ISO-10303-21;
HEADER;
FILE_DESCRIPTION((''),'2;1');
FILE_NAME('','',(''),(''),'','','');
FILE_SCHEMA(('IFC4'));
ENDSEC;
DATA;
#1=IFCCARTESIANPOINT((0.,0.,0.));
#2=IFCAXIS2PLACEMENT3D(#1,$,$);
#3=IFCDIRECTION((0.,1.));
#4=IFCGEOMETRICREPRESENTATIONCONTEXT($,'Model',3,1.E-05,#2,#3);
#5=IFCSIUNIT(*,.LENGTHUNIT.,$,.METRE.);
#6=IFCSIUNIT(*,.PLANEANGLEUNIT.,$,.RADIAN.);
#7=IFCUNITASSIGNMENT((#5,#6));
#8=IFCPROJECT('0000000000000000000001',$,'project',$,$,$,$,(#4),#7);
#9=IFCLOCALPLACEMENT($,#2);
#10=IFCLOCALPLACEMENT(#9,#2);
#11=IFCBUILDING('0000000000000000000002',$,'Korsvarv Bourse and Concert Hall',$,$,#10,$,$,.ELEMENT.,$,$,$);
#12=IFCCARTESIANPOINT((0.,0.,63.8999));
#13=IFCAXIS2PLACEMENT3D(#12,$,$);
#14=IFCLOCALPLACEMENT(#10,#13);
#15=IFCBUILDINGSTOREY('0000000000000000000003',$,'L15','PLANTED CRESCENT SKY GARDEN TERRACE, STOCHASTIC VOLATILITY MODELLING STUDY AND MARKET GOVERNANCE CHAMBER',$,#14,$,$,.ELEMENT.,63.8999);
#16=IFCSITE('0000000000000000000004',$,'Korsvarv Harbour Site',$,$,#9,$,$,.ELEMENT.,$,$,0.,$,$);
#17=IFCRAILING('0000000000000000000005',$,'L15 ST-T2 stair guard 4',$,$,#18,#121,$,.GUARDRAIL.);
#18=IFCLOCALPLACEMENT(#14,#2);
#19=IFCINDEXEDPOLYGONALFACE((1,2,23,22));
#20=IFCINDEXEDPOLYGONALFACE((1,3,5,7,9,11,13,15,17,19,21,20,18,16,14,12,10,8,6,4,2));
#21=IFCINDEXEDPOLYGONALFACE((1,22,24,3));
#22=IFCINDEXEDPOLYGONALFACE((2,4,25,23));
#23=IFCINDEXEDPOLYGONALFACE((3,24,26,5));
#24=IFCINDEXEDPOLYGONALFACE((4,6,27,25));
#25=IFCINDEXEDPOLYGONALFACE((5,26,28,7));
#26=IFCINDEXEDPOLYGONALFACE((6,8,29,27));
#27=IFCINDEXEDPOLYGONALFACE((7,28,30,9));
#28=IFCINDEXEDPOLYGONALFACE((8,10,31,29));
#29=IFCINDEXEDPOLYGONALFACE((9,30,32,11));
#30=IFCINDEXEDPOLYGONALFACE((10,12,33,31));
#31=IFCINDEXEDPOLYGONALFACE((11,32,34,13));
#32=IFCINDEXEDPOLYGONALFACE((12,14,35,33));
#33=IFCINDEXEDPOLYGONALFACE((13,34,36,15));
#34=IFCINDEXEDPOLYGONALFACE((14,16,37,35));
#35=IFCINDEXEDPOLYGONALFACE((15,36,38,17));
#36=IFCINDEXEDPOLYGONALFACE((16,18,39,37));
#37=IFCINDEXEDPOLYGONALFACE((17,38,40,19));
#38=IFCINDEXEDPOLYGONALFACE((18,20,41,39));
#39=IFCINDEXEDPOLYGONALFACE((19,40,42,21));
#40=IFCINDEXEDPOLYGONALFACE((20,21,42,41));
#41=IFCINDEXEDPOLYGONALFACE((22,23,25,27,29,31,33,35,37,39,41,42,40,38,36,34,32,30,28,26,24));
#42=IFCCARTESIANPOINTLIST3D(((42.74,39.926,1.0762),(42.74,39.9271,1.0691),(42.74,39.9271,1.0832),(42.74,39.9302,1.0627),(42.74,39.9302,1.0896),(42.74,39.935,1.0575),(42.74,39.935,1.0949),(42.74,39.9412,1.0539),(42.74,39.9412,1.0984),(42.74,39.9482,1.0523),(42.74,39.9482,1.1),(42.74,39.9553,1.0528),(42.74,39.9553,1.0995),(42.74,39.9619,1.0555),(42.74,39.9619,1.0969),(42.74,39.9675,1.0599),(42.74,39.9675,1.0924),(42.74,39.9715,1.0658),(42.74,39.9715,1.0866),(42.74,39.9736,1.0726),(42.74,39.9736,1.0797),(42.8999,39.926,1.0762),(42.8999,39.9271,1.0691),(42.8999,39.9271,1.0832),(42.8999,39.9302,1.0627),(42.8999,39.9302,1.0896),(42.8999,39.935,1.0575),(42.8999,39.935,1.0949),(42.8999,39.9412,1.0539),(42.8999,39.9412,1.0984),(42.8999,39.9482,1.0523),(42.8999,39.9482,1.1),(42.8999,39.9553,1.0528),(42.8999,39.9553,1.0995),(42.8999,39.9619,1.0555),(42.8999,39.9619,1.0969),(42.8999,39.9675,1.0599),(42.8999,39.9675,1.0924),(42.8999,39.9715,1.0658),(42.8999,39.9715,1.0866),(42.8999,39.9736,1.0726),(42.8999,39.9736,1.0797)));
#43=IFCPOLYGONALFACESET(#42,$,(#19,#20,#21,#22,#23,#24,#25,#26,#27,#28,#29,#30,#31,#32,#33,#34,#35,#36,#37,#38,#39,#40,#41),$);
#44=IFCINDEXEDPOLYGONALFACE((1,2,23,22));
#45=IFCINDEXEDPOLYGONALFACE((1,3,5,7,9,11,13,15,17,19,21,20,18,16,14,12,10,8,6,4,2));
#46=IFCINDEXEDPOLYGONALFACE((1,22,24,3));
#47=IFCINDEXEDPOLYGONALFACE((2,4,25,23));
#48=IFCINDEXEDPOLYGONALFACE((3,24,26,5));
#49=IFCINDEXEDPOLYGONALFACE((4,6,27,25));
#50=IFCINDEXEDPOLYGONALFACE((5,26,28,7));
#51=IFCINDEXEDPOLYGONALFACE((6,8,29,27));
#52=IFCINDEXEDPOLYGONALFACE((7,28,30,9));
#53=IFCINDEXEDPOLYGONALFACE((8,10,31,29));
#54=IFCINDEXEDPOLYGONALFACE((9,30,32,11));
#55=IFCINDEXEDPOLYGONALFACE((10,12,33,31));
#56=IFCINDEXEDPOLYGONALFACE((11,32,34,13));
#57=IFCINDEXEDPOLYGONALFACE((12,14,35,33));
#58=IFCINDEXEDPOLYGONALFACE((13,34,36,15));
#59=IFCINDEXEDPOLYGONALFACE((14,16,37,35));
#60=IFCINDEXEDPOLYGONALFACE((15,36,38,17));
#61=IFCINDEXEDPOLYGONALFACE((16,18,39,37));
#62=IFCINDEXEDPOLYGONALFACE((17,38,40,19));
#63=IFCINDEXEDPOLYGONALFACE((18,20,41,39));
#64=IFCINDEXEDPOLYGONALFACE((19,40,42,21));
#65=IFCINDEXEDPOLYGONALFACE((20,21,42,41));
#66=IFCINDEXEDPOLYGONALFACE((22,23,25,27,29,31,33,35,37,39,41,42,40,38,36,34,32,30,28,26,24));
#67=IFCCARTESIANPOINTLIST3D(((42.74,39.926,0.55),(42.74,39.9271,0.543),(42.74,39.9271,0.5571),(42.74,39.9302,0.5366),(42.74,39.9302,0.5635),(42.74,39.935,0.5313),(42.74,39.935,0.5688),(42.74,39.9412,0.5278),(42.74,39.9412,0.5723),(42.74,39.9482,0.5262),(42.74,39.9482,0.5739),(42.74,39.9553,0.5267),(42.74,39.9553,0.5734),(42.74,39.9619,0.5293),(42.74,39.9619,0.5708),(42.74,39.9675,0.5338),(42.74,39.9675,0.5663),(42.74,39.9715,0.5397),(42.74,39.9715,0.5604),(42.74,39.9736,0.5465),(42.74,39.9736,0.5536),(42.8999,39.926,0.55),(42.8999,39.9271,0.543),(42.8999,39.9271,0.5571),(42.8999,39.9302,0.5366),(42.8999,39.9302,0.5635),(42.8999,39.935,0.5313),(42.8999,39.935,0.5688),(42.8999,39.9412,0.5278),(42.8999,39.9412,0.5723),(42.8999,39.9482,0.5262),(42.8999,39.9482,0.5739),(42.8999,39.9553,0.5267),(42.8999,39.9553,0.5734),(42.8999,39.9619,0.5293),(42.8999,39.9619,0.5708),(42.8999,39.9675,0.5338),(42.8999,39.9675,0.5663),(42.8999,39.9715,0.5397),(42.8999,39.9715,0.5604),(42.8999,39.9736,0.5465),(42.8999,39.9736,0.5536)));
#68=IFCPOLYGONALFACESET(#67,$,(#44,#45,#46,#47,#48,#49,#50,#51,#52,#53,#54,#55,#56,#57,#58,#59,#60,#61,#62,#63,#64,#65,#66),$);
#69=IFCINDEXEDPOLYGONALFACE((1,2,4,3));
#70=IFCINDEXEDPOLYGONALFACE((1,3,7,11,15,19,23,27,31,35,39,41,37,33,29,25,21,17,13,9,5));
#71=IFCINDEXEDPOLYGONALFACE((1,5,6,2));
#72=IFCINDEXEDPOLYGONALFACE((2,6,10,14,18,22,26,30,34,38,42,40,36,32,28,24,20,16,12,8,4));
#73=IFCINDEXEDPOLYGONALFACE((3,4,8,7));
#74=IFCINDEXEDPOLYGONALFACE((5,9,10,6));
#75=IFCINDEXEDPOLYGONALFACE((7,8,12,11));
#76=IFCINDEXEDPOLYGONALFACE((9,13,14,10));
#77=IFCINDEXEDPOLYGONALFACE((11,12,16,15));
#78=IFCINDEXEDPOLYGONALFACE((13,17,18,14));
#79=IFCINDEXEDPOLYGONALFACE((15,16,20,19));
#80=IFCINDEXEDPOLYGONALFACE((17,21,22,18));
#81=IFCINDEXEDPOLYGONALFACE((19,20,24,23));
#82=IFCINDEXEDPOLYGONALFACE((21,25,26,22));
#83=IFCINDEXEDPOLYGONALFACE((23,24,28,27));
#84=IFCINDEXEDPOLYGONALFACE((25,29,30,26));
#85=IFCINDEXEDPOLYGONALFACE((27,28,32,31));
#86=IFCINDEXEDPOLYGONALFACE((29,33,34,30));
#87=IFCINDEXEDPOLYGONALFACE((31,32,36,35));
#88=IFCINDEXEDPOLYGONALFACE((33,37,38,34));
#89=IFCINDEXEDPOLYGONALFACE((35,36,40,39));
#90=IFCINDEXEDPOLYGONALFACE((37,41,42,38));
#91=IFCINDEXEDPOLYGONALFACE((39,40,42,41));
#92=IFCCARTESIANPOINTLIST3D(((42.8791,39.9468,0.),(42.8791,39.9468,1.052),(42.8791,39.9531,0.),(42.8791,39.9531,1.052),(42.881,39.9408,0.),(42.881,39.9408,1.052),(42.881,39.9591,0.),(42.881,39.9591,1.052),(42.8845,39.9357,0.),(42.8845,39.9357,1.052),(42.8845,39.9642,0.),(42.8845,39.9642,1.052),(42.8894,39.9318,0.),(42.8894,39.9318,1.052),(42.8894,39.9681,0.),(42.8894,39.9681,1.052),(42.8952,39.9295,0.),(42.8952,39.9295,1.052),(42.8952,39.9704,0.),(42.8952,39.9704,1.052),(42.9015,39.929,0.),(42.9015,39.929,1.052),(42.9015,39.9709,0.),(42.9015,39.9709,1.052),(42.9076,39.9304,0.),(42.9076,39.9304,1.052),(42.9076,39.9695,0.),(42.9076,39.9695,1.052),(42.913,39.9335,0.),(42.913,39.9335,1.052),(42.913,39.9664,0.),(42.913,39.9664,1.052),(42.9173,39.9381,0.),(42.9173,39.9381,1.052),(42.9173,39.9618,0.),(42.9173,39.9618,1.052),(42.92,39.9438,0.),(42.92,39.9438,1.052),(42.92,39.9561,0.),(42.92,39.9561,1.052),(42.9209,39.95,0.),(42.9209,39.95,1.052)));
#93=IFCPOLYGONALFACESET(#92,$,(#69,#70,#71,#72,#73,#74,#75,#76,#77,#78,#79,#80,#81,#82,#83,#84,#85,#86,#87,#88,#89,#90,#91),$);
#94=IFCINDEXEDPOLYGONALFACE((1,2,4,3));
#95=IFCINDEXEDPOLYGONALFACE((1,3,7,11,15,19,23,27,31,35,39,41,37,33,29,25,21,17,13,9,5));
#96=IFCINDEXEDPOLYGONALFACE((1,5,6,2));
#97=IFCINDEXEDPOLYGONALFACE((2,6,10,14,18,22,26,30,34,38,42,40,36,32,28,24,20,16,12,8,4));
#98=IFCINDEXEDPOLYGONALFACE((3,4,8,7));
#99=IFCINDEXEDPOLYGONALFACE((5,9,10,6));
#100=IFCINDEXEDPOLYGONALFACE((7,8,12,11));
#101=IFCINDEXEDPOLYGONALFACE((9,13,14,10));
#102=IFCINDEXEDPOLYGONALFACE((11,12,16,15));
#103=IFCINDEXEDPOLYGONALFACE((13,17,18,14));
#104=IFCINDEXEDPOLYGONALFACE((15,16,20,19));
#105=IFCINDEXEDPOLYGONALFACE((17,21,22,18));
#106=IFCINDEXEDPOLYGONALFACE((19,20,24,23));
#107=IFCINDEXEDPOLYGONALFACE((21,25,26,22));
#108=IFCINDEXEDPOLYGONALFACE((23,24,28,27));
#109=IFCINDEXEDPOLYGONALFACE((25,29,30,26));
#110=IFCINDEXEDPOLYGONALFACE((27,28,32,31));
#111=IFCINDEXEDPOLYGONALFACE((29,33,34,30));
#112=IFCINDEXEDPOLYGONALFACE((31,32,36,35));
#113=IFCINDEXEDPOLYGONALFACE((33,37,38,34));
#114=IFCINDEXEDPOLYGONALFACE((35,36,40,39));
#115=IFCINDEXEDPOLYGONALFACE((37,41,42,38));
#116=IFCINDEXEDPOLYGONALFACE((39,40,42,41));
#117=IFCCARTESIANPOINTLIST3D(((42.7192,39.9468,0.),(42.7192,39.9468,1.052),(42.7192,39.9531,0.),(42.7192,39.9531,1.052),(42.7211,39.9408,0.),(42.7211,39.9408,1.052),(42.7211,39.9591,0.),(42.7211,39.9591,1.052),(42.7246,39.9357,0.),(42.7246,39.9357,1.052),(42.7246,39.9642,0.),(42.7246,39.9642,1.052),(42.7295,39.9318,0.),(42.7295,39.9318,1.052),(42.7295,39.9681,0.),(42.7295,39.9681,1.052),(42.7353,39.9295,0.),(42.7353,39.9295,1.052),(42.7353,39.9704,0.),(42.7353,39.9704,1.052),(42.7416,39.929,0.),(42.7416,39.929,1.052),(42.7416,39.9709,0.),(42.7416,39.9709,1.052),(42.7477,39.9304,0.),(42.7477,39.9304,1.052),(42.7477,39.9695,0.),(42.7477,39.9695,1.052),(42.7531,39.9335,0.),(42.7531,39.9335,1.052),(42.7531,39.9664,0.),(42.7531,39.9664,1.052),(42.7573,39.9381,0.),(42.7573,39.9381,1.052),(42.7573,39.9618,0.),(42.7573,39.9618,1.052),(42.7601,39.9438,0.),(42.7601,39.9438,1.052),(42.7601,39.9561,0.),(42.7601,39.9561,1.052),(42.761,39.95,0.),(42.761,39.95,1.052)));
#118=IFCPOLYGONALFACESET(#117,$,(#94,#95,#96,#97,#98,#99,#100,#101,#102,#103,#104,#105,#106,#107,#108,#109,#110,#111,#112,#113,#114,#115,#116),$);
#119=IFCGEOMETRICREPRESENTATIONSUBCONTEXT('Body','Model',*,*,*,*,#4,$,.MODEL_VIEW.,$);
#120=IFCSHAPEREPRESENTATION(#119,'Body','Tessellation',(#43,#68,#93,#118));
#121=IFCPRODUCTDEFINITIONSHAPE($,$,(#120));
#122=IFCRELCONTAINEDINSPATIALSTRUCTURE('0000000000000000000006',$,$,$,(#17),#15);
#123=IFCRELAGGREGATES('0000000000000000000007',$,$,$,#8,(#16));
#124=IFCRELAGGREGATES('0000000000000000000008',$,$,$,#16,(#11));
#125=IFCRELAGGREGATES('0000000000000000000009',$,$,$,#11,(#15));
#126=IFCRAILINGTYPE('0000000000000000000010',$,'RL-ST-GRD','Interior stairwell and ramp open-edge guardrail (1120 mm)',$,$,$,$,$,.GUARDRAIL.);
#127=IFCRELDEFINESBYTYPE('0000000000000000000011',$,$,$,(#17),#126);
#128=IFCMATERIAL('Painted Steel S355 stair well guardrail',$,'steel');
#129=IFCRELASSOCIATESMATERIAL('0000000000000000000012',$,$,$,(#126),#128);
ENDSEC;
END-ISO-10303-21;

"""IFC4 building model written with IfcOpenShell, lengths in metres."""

from ifc_helpers import new_model, si_unit, direction, frame, origin, origin_2d, place, context, subcontext, project, spatial, circle, extrude, material, type_object, element, save


model = new_model("IFC4")

# Units and contexts
model_context = context("Model", 3, precision=1e-05, world=origin(), true_north=direction((0.0, 1.0)))
body_context = subcontext(model_context, "Body", "Model", "MODEL_VIEW")
ifc_project = project(units=[si_unit("LENGTHUNIT", "METRE"), si_unit("PLANEANGLEUNIT", "RADIAN")], contexts=[model_context])

# Site, building, storey
site_placement = place(None, origin())
site = spatial("IfcSite", under=ifc_project, at=site_placement, Name="Korsvarv Harbour Site", CompositionType="ELEMENT", RefElevation=0.0)
building_placement = place(site_placement, origin())
building = spatial("IfcBuilding", under=site, at=building_placement, Name="Korsvarv Bourse and Concert Hall", CompositionType="ELEMENT")
storey_placement = place(building_placement, frame((0.0, 0.0, 63.8999)))
storey = spatial("IfcBuildingStorey", under=building, at=storey_placement, Name="L15", Description="PLANTED CRESCENT SKY GARDEN TERRACE, STOCHASTIC VOLATILITY MODELLING STUDY AND MARKET GOVERNANCE CHAMBER", CompositionType="ELEMENT", Elevation=63.8999)

# Railing
ifc_material_1 = material(Name="Painted Steel S355 stair well guardrail", Category="steel")
railing_type_1 = type_object("IfcRailingType", Name="RL-ST-GRD", Description="Interior stairwell and ramp open-edge guardrail (1120 mm)", PredefinedType="GUARDRAIL", material=ifc_material_1)
railing_1_placement = place(storey_placement, frame((42.8999, 39.95, 0.0)))
element("IfcRailing", 1, at=railing_1_placement, inside=storey, type_object=railing_type_1, Name="L15 ST-T2 stair guard 4", PredefinedType="GUARDRAIL", context=body_context, shape_type="SweptSolid", body=[
    extrude(circle(Radius=0.0239, at=origin_2d()), frame((0.0, 0.0, 1.0762), z_axis=(-1.0, 0.0, 0.0), x_axis=(0.0, -1.0, 0.0)), (0.0, 0.0, 1.0), 0.1599),
    extrude(circle(Radius=0.0239, at=origin_2d()), frame((0.0, 0.0, 0.55), z_axis=(-1.0, 0.0, 0.0), x_axis=(0.0, -1.0, 0.0)), (0.0, 0.0, 1.0), 0.1599),
    extrude(circle(Radius=0.021, at=origin_2d()), origin(), (0.0, 0.0, 1.0), 1.052),
    extrude(circle(Radius=0.021, at=origin_2d()), frame((-0.1599, 0.0, 0.0)), (0.0, 0.0, 1.0), 1.052),
])

save(model, "model.ifc")
